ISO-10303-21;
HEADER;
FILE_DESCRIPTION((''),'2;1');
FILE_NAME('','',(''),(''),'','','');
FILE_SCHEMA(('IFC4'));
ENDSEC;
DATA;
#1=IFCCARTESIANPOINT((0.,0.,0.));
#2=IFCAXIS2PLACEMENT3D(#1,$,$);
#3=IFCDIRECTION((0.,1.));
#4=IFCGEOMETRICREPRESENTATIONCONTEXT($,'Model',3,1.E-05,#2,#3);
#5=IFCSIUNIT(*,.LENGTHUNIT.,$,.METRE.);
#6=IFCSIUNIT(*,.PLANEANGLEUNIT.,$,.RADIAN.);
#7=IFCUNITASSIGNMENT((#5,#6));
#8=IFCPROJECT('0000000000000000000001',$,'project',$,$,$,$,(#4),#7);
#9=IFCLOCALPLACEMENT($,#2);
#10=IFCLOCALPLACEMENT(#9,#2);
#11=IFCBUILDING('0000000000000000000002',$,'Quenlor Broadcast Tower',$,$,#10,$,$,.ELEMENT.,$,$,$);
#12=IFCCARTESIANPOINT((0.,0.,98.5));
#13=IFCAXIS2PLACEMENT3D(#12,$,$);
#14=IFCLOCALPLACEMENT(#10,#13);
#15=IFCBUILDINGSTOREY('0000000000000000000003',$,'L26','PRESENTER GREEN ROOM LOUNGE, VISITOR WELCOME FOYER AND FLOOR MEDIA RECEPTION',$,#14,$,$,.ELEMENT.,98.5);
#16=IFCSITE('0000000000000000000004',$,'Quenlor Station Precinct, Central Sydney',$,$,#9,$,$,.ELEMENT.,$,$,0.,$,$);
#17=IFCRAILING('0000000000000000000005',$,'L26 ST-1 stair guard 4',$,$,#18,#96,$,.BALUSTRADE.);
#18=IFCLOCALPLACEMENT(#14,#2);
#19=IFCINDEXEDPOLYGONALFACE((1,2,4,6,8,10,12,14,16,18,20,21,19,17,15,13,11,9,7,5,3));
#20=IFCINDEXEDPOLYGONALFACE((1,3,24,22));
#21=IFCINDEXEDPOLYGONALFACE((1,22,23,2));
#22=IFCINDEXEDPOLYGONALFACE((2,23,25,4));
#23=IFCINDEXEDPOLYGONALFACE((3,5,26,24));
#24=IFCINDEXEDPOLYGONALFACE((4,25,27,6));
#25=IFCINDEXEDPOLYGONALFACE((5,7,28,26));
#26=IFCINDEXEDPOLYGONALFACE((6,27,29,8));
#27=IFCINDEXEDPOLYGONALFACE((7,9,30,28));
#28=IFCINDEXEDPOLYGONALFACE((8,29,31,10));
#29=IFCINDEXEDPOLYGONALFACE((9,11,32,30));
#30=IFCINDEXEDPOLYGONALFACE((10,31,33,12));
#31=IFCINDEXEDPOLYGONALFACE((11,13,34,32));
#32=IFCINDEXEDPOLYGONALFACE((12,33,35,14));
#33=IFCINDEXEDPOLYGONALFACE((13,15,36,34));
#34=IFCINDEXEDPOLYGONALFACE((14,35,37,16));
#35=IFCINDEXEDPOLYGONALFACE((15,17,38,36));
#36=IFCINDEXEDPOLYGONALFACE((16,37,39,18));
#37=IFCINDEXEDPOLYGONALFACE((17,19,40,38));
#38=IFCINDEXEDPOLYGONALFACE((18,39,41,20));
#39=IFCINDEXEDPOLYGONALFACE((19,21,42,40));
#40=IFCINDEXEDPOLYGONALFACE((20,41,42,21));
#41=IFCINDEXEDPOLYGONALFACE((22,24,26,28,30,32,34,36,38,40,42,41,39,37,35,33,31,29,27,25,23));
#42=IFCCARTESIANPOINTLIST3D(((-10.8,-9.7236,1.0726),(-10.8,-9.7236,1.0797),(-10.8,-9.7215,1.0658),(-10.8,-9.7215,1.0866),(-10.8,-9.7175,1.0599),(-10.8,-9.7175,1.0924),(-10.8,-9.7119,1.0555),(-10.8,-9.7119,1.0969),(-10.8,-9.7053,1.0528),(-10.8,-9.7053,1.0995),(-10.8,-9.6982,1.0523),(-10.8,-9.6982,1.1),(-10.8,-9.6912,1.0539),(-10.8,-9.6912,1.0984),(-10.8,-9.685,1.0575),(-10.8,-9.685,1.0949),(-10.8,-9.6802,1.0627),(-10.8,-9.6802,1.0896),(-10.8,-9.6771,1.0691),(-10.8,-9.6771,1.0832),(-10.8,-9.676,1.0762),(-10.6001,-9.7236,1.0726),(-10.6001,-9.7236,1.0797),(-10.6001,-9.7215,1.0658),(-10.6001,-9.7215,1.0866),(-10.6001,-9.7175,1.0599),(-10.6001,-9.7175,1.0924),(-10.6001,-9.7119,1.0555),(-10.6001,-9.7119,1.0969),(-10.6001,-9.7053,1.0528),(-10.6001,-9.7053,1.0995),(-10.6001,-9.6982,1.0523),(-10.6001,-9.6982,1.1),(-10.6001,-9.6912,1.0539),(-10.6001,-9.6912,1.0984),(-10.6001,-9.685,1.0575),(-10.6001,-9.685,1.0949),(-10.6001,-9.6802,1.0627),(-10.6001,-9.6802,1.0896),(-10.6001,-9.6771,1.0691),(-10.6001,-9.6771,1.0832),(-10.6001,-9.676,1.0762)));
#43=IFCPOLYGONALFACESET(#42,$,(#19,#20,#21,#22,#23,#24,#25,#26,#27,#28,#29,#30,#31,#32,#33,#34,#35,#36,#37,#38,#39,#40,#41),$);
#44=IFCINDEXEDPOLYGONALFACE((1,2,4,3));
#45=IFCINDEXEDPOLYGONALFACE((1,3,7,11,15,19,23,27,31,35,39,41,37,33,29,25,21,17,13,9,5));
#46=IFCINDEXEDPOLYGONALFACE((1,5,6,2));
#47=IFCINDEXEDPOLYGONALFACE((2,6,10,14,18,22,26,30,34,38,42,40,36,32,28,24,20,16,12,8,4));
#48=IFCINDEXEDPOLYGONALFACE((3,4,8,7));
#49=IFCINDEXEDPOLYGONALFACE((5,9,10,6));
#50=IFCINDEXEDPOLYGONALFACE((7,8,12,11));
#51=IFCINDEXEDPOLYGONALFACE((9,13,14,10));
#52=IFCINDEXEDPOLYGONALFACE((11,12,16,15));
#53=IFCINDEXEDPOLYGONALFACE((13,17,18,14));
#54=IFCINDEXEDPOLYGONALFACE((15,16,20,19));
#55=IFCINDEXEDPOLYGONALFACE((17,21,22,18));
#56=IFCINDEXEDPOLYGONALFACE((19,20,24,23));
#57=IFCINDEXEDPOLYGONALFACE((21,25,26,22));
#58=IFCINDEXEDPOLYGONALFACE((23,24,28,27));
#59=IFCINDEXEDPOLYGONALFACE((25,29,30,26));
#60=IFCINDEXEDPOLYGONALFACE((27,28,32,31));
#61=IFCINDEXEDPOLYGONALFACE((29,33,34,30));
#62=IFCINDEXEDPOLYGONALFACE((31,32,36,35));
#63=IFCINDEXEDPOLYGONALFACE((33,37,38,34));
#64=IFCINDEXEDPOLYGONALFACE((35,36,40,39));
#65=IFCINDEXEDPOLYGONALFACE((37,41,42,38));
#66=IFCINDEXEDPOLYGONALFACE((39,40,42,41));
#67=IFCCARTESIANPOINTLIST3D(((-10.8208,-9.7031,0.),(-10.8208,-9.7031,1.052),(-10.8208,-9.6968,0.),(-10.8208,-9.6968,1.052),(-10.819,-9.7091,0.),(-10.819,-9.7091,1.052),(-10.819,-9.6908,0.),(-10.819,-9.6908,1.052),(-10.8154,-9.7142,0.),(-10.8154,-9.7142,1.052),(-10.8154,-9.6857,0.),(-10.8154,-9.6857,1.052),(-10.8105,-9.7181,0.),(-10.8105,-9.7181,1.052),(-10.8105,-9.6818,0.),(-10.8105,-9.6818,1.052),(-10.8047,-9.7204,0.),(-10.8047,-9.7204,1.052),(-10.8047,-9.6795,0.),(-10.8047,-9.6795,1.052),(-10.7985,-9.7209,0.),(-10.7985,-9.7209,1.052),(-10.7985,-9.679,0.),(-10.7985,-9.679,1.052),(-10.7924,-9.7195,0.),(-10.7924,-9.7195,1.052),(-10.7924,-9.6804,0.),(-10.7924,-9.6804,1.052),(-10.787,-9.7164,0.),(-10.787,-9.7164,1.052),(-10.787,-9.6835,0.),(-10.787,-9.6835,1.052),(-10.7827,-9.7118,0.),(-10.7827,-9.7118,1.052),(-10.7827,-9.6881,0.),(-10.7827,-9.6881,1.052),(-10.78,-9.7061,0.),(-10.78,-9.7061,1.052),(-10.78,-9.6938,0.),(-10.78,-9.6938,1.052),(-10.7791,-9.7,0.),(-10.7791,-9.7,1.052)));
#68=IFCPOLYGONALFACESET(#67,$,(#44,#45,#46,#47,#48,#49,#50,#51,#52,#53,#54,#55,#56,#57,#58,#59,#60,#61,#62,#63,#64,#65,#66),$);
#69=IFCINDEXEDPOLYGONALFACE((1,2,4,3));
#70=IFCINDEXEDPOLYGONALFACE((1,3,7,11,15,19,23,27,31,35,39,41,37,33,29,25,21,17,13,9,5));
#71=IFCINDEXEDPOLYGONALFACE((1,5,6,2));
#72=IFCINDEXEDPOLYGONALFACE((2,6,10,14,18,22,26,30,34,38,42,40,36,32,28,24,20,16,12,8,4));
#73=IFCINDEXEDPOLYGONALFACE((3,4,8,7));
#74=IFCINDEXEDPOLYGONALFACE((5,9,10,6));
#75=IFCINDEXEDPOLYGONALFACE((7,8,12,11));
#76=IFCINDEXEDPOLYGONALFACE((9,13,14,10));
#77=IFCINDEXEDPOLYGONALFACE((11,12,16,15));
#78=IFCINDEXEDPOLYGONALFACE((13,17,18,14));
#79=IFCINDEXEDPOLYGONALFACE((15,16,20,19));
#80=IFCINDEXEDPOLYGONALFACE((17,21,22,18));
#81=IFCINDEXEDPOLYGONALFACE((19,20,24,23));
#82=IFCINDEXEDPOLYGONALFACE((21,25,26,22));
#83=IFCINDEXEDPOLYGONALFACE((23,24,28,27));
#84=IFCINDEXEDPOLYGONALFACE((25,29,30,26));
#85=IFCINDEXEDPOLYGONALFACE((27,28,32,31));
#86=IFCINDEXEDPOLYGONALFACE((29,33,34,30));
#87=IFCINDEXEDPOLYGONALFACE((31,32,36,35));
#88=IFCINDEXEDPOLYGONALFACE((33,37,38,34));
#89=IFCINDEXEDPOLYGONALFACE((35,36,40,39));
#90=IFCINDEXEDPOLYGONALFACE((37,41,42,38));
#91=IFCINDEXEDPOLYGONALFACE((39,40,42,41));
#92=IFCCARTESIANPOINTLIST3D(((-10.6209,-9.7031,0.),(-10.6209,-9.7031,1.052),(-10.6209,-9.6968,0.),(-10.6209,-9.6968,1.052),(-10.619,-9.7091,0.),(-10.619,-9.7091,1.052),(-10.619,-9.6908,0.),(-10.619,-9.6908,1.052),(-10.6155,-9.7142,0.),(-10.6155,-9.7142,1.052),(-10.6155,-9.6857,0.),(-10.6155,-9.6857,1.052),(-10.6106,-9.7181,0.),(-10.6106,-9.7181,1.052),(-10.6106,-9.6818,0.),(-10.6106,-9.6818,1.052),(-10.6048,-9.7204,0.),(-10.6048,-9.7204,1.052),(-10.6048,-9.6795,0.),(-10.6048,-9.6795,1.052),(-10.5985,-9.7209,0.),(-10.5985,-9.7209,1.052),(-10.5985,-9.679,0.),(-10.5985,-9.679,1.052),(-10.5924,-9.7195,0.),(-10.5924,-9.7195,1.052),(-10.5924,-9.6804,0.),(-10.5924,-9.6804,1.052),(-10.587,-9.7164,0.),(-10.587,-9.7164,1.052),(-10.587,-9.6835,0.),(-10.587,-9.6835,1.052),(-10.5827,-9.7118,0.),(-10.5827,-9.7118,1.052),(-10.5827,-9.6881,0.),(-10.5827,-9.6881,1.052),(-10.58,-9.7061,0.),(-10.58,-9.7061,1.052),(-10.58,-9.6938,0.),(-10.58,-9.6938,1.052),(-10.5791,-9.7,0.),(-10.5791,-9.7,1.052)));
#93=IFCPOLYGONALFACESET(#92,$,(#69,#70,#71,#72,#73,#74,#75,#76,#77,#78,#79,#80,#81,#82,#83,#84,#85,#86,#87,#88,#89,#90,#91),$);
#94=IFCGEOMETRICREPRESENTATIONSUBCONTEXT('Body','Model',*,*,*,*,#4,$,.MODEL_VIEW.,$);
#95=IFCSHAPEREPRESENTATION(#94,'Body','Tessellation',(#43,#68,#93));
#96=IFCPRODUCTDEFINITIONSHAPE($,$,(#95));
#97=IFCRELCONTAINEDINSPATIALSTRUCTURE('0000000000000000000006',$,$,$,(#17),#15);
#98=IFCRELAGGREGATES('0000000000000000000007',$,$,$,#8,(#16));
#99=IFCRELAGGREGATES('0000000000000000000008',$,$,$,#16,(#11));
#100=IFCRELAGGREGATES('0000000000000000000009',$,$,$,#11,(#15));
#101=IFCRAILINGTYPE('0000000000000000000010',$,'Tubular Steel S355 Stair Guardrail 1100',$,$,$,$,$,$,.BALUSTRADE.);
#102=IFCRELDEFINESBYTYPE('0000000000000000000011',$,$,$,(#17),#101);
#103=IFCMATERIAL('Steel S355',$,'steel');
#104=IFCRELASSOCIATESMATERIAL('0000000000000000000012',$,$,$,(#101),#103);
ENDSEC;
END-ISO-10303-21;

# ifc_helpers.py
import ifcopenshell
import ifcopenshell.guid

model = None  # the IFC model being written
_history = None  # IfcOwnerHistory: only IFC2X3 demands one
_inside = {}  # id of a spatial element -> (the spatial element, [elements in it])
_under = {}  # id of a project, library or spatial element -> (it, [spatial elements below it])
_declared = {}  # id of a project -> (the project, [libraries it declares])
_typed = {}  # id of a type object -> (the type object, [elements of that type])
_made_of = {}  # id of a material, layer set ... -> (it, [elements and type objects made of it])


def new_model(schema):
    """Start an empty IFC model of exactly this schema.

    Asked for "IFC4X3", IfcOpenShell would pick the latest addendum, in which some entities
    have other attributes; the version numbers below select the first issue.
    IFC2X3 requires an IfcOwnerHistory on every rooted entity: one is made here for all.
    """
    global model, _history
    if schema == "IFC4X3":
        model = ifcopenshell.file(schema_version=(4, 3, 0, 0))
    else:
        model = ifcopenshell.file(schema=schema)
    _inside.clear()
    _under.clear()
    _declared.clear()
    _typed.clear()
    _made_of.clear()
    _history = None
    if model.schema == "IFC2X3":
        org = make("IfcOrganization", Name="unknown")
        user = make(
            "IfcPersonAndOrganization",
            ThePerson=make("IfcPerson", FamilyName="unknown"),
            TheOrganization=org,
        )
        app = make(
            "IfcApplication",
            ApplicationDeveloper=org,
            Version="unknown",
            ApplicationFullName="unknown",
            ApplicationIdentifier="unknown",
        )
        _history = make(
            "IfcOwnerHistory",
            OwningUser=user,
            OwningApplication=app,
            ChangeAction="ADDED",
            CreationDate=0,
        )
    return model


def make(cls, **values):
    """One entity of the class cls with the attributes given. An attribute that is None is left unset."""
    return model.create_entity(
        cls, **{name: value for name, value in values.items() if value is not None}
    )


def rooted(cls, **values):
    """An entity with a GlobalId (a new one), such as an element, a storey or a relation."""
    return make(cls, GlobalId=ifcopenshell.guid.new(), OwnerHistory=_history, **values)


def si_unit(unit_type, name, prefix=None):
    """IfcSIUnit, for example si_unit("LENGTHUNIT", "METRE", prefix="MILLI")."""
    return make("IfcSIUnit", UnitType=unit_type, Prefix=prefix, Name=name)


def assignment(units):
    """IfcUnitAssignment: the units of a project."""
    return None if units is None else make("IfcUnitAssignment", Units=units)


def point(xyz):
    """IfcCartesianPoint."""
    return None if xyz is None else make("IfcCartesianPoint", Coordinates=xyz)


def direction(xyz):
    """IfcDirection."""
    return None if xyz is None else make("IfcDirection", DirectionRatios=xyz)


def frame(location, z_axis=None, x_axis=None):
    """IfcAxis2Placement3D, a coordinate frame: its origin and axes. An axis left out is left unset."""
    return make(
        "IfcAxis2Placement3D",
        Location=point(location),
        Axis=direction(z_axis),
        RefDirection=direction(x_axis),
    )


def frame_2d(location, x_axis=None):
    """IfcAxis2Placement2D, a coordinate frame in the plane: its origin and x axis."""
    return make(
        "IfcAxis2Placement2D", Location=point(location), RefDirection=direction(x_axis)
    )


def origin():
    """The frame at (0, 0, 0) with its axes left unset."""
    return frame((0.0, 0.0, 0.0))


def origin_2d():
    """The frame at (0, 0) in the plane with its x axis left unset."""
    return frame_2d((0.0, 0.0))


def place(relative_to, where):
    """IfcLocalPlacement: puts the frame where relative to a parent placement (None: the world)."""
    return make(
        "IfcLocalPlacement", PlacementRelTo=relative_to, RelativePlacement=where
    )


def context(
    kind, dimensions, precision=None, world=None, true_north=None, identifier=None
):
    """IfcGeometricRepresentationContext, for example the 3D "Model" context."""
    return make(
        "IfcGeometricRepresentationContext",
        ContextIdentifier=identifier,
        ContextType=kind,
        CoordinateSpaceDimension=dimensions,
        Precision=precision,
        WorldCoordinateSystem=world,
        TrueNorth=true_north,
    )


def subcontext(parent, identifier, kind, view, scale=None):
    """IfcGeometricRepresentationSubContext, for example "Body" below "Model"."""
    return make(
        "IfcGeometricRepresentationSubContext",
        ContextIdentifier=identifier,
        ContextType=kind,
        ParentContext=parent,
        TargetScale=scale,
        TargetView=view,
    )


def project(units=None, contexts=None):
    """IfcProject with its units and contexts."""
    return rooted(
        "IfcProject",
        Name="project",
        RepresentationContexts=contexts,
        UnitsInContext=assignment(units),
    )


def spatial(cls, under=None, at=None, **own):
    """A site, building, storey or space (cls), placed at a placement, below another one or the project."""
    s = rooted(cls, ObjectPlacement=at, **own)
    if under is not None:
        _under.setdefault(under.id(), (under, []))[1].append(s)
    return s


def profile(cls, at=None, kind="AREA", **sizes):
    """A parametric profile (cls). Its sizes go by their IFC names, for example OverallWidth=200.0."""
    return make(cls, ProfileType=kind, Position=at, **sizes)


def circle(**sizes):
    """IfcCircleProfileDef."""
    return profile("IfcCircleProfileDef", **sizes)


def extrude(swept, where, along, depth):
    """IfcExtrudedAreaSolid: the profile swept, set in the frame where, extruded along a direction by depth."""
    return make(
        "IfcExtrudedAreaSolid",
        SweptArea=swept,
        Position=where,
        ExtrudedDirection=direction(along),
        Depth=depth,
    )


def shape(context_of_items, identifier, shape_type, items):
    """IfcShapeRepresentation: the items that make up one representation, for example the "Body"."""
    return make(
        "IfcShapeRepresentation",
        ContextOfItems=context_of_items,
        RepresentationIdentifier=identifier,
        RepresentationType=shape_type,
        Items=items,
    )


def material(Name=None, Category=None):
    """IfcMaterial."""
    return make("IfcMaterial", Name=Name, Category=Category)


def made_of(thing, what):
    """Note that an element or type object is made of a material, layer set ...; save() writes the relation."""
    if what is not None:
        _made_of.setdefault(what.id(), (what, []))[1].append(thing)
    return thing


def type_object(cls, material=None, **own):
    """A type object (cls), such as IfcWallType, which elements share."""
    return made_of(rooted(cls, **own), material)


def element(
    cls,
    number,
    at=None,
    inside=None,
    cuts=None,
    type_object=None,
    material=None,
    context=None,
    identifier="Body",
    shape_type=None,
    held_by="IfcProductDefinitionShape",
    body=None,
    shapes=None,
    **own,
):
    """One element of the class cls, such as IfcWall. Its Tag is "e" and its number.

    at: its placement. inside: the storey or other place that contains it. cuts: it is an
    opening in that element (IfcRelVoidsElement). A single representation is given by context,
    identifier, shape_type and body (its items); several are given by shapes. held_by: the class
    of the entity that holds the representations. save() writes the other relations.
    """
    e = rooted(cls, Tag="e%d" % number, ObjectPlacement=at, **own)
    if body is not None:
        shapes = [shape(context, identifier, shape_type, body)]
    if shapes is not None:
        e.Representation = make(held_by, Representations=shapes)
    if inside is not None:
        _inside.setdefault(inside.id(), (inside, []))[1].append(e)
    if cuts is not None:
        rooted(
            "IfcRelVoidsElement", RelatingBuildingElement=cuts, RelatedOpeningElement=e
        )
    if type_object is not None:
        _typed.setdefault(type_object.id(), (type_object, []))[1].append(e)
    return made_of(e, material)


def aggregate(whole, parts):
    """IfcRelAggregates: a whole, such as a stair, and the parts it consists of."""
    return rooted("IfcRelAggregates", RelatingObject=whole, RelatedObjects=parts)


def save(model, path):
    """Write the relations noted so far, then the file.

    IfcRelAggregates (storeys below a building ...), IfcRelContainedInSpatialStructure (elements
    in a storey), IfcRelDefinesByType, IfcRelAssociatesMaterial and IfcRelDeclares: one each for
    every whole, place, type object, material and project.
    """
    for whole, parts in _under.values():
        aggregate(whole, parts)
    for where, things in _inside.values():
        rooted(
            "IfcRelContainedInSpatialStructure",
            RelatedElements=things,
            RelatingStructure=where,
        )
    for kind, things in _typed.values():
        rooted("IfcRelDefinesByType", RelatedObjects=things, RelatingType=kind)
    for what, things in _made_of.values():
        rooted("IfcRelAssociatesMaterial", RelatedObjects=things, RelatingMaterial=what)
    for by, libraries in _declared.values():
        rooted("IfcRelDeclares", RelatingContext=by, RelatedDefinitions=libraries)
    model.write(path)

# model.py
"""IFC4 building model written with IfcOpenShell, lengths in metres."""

from ifc_helpers import new_model, si_unit, direction, frame, origin, origin_2d, place, context, subcontext, project, spatial, circle, extrude, material, type_object, element, save


model = new_model("IFC4")

# Units and contexts
model_context = context("Model", 3, precision=1e-05, world=origin(), true_north=direction((0.0, 1.0)))
body_context = subcontext(model_context, "Body", "Model", "MODEL_VIEW")
ifc_project = project(units=[si_unit("LENGTHUNIT", "METRE"), si_unit("PLANEANGLEUNIT", "RADIAN")], contexts=[model_context])

# Site, building, storey
site_placement = place(None, origin())
site = spatial("IfcSite", under=ifc_project, at=site_placement, Name="Quenlor Station Precinct, Central Sydney", CompositionType="ELEMENT", RefElevation=0.0)
building_placement = place(site_placement, origin())
building = spatial("IfcBuilding", under=site, at=building_placement, Name="Quenlor Broadcast Tower", CompositionType="ELEMENT")
storey_placement = place(building_placement, frame((0.0, 0.0, 98.5)))
storey = spatial("IfcBuildingStorey", under=building, at=storey_placement, Name="L26", Description="PRESENTER GREEN ROOM LOUNGE, VISITOR WELCOME FOYER AND FLOOR MEDIA RECEPTION", CompositionType="ELEMENT", Elevation=98.5)

# Railing
ifc_material_1 = material(Name="Steel S355", Category="steel")
railing_type_1 = type_object("IfcRailingType", Name="Tubular Steel S355 Stair Guardrail 1100", PredefinedType="BALUSTRADE", material=ifc_material_1)
railing_1_placement = place(storey_placement, frame((-10.8, -9.7, 0.0)))
element("IfcRailing", 1, at=railing_1_placement, inside=storey, type_object=railing_type_1, Name="L26 ST-1 stair guard 4", PredefinedType="BALUSTRADE", context=body_context, shape_type="SweptSolid", body=[
    extrude(circle(Radius=0.0239, at=origin_2d()), frame((0.0, 0.0, 1.0762), z_axis=(1.0, 0.0, 0.0), x_axis=(0.0, 1.0, 0.0)), (0.0, 0.0, 1.0), 0.2),
    extrude(circle(Radius=0.021, at=origin_2d()), origin(), (0.0, 0.0, 1.0), 1.052),
    extrude(circle(Radius=0.021, at=origin_2d()), frame((0.2, 0.0, 0.0)), (0.0, 0.0, 1.0), 1.052),
])

save(model, "model.ifc")
